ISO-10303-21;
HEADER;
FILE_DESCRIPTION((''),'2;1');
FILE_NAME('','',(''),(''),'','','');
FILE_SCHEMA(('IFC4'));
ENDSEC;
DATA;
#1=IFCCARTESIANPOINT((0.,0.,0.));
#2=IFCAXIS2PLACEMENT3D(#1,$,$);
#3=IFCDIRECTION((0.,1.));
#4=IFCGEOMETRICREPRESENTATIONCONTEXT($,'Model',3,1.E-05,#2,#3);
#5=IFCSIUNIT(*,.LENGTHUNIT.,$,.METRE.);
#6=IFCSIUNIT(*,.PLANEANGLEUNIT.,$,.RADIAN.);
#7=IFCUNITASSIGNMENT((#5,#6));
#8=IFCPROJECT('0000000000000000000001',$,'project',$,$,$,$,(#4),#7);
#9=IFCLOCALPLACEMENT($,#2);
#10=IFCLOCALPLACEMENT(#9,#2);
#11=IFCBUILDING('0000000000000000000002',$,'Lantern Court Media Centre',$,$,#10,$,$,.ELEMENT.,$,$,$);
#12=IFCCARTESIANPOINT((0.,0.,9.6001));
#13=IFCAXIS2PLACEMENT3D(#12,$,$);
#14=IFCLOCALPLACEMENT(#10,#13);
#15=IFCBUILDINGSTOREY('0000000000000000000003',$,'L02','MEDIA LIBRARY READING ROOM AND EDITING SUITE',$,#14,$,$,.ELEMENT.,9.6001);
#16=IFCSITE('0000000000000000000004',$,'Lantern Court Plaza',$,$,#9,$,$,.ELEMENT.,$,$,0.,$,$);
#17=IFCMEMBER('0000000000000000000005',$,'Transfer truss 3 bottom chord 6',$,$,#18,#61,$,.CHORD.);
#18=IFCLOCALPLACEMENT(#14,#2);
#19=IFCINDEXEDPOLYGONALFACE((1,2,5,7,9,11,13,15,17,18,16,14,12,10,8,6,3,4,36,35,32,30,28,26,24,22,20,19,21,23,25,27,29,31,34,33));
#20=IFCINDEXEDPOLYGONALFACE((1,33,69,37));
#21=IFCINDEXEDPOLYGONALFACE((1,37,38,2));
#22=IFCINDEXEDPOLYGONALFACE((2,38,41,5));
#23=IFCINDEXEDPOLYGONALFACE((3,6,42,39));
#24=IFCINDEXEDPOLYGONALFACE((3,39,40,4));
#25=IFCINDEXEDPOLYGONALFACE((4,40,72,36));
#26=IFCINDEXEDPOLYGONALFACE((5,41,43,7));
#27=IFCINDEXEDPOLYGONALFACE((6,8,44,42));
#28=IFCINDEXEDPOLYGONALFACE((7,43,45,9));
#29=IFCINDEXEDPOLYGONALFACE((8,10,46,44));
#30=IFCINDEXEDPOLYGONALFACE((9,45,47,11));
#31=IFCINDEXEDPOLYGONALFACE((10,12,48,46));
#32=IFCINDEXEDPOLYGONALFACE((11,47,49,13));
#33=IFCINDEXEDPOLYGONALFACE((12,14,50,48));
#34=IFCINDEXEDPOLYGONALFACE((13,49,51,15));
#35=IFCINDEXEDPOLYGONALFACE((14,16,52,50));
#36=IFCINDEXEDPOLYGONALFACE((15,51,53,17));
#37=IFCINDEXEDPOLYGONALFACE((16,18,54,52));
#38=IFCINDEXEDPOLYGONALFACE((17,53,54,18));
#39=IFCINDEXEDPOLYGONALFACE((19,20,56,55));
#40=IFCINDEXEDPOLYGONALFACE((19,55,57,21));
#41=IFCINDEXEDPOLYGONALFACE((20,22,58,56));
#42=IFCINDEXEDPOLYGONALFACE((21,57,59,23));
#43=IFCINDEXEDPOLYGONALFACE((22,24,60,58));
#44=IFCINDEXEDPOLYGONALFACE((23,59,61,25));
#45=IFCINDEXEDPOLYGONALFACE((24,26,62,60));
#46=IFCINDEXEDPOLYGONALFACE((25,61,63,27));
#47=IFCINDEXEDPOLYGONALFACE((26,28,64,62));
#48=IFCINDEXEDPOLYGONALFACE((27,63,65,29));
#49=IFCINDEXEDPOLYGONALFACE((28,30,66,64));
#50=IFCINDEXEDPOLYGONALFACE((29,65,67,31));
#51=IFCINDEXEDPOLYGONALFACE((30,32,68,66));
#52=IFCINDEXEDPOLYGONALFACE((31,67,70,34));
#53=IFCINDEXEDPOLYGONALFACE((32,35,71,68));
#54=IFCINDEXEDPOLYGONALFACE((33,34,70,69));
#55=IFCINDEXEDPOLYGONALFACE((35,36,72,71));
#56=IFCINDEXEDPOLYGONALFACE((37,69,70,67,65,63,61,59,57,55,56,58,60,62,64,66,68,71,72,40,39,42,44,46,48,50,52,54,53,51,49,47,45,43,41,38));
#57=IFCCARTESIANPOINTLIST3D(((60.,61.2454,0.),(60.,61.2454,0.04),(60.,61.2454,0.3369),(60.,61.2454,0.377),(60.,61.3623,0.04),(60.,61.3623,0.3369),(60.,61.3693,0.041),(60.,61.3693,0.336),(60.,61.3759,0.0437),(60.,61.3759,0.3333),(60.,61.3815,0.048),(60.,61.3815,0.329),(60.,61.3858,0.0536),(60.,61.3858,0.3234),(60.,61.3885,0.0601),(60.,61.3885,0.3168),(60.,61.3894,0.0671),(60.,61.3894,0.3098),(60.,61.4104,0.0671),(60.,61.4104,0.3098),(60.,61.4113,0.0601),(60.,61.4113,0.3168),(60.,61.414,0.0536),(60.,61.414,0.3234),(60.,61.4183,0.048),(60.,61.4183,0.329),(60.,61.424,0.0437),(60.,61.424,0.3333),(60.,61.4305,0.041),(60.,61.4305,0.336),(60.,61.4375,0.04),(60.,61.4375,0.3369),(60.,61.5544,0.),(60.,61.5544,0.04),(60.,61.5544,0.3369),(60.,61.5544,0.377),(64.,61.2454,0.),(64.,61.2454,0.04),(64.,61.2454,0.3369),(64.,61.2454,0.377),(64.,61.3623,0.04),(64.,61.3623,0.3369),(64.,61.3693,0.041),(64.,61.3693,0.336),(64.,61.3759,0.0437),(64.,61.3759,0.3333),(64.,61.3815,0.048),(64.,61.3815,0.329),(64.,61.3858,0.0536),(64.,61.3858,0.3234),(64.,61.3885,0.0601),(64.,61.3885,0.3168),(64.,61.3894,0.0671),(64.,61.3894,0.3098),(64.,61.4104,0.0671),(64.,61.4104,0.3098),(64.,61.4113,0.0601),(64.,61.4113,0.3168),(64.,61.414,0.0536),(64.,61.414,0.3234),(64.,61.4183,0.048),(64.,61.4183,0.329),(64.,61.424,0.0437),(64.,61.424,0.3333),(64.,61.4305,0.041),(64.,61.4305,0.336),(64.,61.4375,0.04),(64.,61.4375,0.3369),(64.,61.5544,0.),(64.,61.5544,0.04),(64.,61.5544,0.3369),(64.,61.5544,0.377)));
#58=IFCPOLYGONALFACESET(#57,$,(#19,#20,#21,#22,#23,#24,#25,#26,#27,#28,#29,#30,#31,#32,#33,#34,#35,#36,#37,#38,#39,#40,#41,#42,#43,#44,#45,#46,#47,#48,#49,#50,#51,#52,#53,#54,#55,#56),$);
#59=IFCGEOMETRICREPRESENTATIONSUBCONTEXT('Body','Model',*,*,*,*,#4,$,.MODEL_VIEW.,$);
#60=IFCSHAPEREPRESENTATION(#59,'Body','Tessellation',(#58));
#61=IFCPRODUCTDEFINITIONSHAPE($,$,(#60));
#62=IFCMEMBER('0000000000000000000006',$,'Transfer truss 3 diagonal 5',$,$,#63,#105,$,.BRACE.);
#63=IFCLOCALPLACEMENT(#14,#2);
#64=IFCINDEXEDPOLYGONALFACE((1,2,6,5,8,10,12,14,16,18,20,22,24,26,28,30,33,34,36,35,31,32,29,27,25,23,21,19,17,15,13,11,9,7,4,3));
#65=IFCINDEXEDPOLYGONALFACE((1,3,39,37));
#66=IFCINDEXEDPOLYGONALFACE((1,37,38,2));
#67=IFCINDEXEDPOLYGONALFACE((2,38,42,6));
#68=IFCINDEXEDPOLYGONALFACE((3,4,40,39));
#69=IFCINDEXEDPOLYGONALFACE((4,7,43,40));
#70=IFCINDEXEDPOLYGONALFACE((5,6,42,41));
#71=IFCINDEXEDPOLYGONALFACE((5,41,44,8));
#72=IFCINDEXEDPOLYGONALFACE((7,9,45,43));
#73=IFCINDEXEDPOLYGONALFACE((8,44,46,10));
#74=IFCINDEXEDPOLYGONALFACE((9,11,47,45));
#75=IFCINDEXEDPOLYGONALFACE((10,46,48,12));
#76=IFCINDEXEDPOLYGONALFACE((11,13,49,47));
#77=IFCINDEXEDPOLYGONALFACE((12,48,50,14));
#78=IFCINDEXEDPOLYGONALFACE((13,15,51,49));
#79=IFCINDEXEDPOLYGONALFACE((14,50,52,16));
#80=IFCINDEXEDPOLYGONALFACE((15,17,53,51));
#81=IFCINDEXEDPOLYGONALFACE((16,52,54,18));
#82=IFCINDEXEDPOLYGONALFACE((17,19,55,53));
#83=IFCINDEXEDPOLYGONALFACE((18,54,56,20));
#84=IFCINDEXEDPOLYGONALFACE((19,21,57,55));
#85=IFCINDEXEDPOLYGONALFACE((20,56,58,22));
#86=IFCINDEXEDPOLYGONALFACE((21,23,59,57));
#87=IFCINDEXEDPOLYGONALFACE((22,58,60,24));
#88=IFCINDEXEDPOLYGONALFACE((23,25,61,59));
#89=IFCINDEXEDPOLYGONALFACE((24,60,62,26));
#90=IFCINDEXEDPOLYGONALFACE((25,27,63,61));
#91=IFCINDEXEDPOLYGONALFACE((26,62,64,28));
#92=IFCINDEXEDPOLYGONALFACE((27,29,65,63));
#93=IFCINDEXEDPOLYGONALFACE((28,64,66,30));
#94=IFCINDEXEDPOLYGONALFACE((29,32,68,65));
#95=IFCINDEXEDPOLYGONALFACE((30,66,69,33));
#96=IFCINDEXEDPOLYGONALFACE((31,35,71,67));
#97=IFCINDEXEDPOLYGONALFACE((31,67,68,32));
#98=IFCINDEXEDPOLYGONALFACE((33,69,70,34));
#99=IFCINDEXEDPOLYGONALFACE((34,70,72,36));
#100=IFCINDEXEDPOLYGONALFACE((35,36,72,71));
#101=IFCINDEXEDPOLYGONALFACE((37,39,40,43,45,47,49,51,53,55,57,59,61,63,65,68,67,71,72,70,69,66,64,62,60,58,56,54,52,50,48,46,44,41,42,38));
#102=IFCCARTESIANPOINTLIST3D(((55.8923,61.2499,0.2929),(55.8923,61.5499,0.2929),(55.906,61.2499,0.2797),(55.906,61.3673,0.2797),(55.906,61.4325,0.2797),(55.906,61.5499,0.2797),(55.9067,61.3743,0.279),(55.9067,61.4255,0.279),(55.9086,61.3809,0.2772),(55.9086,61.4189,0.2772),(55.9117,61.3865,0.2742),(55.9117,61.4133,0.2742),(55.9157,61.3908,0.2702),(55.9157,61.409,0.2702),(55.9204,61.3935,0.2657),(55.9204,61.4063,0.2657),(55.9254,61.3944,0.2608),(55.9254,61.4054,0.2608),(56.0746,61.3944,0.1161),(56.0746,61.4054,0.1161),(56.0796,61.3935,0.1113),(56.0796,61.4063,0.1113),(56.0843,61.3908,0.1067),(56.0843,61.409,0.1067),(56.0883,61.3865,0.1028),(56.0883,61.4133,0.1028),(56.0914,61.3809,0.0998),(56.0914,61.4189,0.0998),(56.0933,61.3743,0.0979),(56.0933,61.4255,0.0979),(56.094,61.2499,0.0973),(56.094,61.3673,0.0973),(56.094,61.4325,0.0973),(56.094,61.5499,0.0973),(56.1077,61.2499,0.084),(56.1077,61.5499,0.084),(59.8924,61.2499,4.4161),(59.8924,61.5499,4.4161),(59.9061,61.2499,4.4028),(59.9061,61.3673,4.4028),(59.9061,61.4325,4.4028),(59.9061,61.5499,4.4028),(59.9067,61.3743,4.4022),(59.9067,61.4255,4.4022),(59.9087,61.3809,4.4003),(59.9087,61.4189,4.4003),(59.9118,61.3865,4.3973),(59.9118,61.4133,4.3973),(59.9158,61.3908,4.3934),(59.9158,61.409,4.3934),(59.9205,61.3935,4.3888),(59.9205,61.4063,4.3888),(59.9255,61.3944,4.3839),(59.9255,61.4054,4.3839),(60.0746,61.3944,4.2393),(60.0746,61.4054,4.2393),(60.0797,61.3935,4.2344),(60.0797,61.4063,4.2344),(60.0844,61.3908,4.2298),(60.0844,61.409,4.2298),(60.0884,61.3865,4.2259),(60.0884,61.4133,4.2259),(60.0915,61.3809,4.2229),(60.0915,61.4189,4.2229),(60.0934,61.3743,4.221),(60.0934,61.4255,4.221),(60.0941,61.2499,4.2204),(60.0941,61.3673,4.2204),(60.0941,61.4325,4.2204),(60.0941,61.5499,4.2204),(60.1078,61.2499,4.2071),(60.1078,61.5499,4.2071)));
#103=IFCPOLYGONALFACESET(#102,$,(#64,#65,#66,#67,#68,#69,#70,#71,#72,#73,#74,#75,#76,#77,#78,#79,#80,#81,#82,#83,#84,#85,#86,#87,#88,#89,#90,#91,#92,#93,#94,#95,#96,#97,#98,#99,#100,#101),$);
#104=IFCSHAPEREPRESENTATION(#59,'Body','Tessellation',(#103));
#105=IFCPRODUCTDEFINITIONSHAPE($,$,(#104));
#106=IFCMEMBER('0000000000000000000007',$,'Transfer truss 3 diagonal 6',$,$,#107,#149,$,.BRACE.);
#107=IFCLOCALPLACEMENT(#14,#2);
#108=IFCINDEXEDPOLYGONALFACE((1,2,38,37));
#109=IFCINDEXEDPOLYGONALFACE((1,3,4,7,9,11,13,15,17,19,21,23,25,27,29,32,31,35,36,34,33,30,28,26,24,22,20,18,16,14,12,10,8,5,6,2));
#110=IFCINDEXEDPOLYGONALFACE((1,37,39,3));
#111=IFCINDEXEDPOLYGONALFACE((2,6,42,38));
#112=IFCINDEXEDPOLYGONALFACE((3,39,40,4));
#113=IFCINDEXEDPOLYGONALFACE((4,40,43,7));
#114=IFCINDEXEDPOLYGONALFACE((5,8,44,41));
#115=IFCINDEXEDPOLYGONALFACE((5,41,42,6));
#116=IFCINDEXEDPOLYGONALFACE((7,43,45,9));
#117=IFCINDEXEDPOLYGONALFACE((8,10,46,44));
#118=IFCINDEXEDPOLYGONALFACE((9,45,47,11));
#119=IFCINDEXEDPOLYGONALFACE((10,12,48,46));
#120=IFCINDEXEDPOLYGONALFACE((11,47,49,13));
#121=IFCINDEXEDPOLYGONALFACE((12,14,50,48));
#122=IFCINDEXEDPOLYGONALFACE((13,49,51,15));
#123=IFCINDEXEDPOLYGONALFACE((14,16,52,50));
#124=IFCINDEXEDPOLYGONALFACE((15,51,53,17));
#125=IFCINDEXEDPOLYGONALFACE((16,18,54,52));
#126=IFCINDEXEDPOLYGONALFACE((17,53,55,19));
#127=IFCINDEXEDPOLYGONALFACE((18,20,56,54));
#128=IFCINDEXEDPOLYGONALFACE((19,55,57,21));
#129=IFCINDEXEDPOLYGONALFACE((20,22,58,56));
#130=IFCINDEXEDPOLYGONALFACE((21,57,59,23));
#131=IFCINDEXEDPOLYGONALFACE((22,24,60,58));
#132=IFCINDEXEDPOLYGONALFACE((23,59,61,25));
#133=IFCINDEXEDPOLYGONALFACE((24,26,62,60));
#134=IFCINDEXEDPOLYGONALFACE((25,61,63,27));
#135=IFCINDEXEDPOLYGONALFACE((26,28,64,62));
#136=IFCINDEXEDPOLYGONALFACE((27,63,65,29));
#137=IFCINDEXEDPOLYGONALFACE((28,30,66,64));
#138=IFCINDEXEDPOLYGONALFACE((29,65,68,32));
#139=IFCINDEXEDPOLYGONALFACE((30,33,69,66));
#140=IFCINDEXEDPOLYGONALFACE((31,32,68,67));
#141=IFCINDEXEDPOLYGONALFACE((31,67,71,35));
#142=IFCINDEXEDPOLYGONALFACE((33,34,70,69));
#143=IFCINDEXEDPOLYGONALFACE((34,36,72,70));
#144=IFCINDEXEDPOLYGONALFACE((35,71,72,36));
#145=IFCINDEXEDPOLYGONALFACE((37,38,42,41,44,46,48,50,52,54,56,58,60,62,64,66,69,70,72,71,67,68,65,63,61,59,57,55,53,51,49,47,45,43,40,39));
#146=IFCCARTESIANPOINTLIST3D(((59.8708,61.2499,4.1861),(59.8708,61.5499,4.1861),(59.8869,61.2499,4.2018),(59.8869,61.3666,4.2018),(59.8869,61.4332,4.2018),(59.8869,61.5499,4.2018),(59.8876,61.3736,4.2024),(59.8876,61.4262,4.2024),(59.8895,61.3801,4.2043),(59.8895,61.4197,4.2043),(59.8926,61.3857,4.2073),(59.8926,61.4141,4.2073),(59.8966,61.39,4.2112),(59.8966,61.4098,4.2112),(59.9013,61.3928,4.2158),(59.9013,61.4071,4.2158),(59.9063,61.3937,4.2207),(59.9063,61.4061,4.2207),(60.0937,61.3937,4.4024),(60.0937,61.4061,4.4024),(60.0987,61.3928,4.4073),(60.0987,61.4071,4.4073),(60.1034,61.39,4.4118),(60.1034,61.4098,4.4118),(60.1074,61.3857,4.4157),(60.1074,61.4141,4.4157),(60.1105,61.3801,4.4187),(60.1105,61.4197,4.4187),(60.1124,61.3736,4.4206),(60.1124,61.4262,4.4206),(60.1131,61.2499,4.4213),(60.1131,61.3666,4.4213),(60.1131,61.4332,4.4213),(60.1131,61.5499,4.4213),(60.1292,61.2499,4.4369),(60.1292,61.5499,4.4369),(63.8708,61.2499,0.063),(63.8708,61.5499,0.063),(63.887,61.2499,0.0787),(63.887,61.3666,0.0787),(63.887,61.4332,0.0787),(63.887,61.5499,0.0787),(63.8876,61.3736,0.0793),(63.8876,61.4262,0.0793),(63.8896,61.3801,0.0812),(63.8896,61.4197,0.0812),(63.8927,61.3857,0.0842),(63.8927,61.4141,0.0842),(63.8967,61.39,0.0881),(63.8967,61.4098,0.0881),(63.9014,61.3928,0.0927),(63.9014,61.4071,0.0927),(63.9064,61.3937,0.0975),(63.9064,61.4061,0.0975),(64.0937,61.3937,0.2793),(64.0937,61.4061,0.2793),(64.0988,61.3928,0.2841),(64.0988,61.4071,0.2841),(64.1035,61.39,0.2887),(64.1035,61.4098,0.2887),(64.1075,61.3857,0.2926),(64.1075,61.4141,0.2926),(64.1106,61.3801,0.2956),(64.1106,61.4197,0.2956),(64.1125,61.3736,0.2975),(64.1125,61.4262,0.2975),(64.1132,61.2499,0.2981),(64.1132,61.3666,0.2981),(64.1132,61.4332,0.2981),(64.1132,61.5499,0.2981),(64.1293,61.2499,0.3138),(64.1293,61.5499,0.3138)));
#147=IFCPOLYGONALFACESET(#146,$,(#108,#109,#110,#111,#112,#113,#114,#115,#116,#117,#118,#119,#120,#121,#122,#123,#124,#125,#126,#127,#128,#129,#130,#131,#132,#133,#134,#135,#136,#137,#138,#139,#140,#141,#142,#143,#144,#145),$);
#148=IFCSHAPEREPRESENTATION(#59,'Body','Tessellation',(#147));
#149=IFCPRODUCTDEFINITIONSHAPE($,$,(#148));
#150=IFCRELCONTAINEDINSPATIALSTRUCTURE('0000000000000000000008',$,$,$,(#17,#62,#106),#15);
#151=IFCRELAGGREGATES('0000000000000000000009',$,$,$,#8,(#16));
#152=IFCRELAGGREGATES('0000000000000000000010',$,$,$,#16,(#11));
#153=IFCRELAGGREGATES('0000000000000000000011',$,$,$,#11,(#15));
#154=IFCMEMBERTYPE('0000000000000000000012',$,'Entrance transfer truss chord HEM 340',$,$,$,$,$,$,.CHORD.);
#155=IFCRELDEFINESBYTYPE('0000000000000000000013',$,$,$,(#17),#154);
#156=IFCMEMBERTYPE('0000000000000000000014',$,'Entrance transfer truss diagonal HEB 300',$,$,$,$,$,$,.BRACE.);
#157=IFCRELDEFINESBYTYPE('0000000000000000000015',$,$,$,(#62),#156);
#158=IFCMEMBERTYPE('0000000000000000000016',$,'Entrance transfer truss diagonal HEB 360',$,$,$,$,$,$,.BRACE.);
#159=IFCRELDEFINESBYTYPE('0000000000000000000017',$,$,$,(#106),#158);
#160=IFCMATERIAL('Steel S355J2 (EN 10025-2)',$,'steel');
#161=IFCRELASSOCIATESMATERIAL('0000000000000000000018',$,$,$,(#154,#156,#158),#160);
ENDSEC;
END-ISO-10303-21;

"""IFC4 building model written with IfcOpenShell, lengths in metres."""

from ifc_helpers import new_model, si_unit, direction, frame, origin, origin_2d, place, context, subcontext, project, spatial, i_section, extrude, material, material_profile, profile_set, type_object, element, save


model = new_model("IFC4")

# Units and contexts
model_context = context("Model", 3, precision=1e-05, world=origin(), true_north=direction((0.0, 1.0)))
body_context = subcontext(model_context, "Body", "Model", "MODEL_VIEW")
ifc_project = project(units=[si_unit("LENGTHUNIT", "METRE"), si_unit("PLANEANGLEUNIT", "RADIAN")], contexts=[model_context])

# Site, building, storey
site_placement = place(None, origin())
site = spatial("IfcSite", under=ifc_project, at=site_placement, Name="Lantern Court Plaza", CompositionType="ELEMENT", RefElevation=0.0)
building_placement = place(site_placement, origin())
building = spatial("IfcBuilding", under=site, at=building_placement, Name="Lantern Court Media Centre", CompositionType="ELEMENT")
storey_placement = place(building_placement, frame((0.0, 0.0, 9.6001)))
storey = spatial("IfcBuildingStorey", under=building, at=storey_placement, Name="L02", Description="MEDIA LIBRARY READING ROOM AND EDITING SUITE", CompositionType="ELEMENT", Elevation=9.6001)

# Members
ifc_material_1 = material(Name="Steel S355J2 (EN 10025-2)", Category="steel")
ifc_material_profile_1 = material_profile(ifc_material_1, i_section(OverallWidth=0.3091, OverallDepth=0.377, WebThickness=0.021, FlangeThickness=0.04, FilletRadius=0.0271, at=origin_2d()), Name="HEM 340")
ifc_profile_set_1 = profile_set([ifc_material_profile_1], Name="Steel S355J2 (EN 10025-2)")
member_type_1 = type_object("IfcMemberType", Name="Entrance transfer truss chord HEM 340", PredefinedType="CHORD", material=ifc_profile_set_1)
member_1_placement = place(storey_placement, frame((60.0, 61.3999, 0.1885), z_axis=(1.0, 0.0, 0.0), x_axis=(0.0, 1.0, 0.0)))
element("IfcMember", 1, at=member_1_placement, inside=storey, type_object=member_type_1, Name="Transfer truss 3 bottom chord 6", PredefinedType="CHORD", context=body_context, shape_type="SweptSolid", body=[
    extrude(i_section(OverallWidth=0.3091, OverallDepth=0.377, WebThickness=0.021, FlangeThickness=0.04, FilletRadius=0.0271, at=origin_2d()), origin(), (0.0, 0.0, 1.0), 4.0),
])
ifc_material_profile_2 = material_profile(ifc_material_1, i_section(OverallWidth=0.3, OverallDepth=0.3, WebThickness=0.011, FlangeThickness=0.019, FilletRadius=0.0271, at=origin_2d()), Name="HEB 300")
ifc_profile_set_2 = profile_set([ifc_material_profile_2], Name="Steel S355J2 (EN 10025-2)")
member_type_2 = type_object("IfcMemberType", Name="Entrance transfer truss diagonal HEB 300", PredefinedType="BRACE", material=ifc_profile_set_2)
member_2_placement = place(storey_placement, frame((56.0, 61.3999, 0.1885), z_axis=(0.696316, 0.0, 0.717736), x_axis=(0.0, 1.0, 0.0)))
element("IfcMember", 2, at=member_2_placement, inside=storey, type_object=member_type_2, Name="Transfer truss 3 diagonal 5", PredefinedType="BRACE", context=body_context, shape_type="SweptSolid", body=[
    extrude(i_section(OverallWidth=0.3, OverallDepth=0.3, WebThickness=0.011, FlangeThickness=0.019, FilletRadius=0.0271, at=origin_2d()), origin(), (0.0, 0.0, 1.0), 5.7446),
])
ifc_material_profile_3 = material_profile(ifc_material_1, i_section(OverallWidth=0.3, OverallDepth=0.3601, WebThickness=0.0125, FlangeThickness=0.0225, FilletRadius=0.0271, at=origin_2d()), Name="HEB 360")
ifc_profile_set_3 = profile_set([ifc_material_profile_3], Name="Steel S355J2 (EN 10025-2)")
member_type_3 = type_object("IfcMemberType", Name="Entrance transfer truss diagonal HEB 360", PredefinedType="BRACE", material=ifc_profile_set_3)
member_3_placement = place(storey_placement, frame((60.0, 61.3999, 4.3115), z_axis=(0.696316, 0.0, -0.717736), x_axis=(0.0, 1.0, 0.0)))
element("IfcMember", 3, at=member_3_placement, inside=storey, type_object=member_type_3, Name="Transfer truss 3 diagonal 6", PredefinedType="BRACE", context=body_context, shape_type="SweptSolid", body=[
    extrude(i_section(OverallWidth=0.3, OverallDepth=0.3601, WebThickness=0.0125, FlangeThickness=0.0225, FilletRadius=0.0271, at=origin_2d()), origin(), (0.0, 0.0, 1.0), 5.7446),
])

save(model, "model.ifc")
